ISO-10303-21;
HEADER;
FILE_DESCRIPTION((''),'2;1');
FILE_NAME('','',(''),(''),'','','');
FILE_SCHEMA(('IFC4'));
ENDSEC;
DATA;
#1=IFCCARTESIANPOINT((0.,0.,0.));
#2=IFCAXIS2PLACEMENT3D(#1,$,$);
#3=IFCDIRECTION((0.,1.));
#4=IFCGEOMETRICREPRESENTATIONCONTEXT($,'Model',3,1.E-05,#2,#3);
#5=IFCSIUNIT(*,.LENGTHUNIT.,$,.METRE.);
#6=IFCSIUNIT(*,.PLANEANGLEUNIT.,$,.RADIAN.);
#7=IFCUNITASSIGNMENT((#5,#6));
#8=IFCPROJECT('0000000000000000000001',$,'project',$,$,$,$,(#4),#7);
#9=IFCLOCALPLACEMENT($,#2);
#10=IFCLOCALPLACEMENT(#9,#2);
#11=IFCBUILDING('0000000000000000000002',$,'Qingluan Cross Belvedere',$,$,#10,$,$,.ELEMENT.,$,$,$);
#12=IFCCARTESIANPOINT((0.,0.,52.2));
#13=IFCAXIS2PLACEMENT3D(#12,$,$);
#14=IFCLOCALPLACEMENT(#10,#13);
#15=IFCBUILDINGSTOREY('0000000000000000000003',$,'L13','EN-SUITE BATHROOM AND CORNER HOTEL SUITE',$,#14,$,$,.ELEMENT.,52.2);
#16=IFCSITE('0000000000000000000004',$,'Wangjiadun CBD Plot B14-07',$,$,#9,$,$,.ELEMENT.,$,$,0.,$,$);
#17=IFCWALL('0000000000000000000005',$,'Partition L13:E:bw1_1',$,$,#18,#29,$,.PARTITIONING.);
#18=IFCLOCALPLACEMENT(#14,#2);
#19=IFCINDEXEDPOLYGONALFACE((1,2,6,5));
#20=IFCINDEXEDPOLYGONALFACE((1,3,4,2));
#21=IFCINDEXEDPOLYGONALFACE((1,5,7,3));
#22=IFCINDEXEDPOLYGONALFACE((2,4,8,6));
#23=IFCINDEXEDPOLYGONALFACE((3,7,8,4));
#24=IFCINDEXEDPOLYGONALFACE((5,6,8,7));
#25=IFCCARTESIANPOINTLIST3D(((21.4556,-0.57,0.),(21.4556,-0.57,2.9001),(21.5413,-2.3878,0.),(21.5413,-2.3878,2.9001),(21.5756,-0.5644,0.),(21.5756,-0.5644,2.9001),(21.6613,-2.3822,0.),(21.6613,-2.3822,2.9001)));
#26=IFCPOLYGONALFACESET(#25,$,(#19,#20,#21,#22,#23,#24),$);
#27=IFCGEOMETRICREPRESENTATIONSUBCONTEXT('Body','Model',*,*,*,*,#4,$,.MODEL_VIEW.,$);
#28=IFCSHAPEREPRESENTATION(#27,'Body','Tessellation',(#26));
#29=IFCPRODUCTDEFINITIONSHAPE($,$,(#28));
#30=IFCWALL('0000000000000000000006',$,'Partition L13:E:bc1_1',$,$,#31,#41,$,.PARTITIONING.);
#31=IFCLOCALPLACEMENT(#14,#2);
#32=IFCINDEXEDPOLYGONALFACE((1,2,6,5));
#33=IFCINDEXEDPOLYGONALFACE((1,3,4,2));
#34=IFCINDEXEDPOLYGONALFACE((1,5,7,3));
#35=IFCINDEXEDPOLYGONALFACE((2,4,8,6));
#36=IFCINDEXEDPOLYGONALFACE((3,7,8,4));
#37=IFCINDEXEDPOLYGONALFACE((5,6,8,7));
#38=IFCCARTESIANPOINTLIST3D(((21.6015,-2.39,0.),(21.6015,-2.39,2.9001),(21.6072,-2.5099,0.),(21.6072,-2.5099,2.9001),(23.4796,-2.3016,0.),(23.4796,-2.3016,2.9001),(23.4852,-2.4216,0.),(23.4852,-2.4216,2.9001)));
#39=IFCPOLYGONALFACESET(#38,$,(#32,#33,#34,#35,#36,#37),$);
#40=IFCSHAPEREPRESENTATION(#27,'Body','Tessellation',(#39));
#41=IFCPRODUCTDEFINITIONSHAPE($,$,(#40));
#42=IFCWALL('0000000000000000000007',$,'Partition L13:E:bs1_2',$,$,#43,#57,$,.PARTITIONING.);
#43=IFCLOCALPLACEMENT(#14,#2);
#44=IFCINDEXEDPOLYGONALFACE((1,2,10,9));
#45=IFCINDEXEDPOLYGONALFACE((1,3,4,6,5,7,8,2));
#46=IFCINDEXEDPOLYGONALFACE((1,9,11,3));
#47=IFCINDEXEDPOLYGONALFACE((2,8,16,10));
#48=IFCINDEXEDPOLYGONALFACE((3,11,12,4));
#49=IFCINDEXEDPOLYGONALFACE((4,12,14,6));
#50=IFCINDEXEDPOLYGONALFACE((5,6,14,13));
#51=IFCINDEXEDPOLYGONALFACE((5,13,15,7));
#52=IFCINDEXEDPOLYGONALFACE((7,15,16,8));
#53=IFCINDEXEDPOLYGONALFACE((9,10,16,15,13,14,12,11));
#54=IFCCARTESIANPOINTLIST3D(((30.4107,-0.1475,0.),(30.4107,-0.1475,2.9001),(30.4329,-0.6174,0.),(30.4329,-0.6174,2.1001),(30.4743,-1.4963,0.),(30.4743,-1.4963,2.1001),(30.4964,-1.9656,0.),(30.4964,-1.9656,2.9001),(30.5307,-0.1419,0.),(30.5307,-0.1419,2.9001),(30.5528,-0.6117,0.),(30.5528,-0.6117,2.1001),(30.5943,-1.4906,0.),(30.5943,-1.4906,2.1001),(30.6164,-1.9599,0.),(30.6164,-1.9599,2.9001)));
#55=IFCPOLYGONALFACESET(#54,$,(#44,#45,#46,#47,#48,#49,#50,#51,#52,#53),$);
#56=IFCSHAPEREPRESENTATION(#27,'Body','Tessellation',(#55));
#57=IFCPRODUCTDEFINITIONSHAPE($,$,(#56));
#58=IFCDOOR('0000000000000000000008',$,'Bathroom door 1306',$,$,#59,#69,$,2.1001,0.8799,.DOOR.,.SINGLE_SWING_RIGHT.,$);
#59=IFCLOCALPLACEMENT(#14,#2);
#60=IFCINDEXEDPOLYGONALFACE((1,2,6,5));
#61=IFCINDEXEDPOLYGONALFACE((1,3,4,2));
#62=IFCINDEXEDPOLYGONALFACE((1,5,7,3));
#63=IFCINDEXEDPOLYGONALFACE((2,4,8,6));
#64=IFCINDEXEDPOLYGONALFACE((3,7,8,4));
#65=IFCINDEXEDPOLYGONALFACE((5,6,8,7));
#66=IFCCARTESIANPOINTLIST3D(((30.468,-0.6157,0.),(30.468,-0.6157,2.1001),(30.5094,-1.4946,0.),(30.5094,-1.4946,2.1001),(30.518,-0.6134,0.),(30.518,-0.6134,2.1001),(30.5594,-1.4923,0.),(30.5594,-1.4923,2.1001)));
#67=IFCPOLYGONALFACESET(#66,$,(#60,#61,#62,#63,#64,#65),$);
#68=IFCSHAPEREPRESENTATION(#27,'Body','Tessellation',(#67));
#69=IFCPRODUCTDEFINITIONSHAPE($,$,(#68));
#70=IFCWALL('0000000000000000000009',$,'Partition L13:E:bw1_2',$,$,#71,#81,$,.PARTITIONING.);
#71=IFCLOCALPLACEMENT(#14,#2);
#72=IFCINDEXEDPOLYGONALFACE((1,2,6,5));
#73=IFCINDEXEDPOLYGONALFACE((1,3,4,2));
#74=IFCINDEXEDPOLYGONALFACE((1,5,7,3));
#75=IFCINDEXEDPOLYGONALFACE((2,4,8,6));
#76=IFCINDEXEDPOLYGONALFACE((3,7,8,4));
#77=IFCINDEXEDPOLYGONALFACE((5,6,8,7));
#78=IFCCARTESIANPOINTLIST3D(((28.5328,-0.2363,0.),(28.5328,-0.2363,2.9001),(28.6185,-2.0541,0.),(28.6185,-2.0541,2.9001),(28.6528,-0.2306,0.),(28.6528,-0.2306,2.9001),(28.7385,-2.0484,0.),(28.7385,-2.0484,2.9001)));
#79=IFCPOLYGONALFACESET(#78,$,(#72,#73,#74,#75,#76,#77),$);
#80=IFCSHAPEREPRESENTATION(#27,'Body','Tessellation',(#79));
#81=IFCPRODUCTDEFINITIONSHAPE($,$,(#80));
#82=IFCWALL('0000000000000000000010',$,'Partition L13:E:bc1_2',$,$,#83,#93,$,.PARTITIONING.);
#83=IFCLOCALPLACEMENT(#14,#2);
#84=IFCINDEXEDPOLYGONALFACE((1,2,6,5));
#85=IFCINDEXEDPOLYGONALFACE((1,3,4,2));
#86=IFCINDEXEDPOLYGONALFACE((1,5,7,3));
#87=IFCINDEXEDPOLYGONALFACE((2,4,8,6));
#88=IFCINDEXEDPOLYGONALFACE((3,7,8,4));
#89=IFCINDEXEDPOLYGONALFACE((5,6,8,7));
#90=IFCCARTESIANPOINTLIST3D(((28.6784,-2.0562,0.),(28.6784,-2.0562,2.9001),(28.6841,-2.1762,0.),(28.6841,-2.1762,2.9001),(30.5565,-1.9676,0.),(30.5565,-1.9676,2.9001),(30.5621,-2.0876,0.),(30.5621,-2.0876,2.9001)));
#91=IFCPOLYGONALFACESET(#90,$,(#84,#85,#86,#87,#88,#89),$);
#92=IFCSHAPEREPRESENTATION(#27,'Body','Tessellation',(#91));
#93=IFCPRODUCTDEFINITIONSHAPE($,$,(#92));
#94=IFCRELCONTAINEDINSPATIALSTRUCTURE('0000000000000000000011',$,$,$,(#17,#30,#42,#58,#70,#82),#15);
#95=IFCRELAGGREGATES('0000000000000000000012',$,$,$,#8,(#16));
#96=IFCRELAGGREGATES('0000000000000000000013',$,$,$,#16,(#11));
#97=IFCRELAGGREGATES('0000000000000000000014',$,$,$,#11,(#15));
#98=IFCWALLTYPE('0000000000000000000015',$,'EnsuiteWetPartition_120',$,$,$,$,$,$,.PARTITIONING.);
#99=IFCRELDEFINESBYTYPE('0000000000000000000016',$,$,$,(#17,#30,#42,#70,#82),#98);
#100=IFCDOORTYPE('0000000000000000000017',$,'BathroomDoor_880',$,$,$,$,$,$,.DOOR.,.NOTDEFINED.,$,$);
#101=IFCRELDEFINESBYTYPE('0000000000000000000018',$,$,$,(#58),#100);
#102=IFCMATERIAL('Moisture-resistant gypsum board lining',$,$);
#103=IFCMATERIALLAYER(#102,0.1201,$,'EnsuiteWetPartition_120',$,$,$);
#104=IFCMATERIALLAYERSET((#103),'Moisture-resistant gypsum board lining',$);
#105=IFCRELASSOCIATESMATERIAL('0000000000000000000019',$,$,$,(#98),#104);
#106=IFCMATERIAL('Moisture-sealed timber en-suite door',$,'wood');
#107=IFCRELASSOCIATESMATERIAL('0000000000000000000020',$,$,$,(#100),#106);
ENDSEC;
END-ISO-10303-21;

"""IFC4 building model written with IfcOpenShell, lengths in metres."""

from ifc_helpers import new_model, si_unit, direction, frame, frame_2d, origin, place, context, subcontext, project, spatial, rectangle, extrude, material, layer, layer_set, type_object, element, fill, save


model = new_model("IFC4")

# Units and contexts
model_context = context("Model", 3, precision=1e-05, world=origin(), true_north=direction((0.0, 1.0)))
body_context = subcontext(model_context, "Body", "Model", "MODEL_VIEW")
ifc_project = project(units=[si_unit("LENGTHUNIT", "METRE"), si_unit("PLANEANGLEUNIT", "RADIAN")], contexts=[model_context])

# Site, building, storey
site_placement = place(None, origin())
site = spatial("IfcSite", under=ifc_project, at=site_placement, Name="Wangjiadun CBD Plot B14-07", CompositionType="ELEMENT", RefElevation=0.0)
building_placement = place(site_placement, origin())
building = spatial("IfcBuilding", under=site, at=building_placement, Name="Qingluan Cross Belvedere", CompositionType="ELEMENT")
storey_placement = place(building_placement, frame((0.0, 0.0, 52.2)))
storey = spatial("IfcBuildingStorey", under=building, at=storey_placement, Name="L13", Description="EN-SUITE BATHROOM AND CORNER HOTEL SUITE", CompositionType="ELEMENT", Elevation=52.2)

# Shared definitions
ifc_material_1 = material(Name="Moisture-resistant gypsum board lining")
ifc_layer_1 = layer(ifc_material_1, 0.1201, Name="EnsuiteWetPartition_120")
ifc_layer_set_1 = layer_set([ifc_layer_1], Name="Moisture-resistant gypsum board lining")
wall_type_1 = type_object("IfcWallType", Name="EnsuiteWetPartition_120", PredefinedType="PARTITIONING", material=ifc_layer_set_1)
ifc_material_2 = material(Name="Moisture-sealed timber en-suite door", Category="wood")
door_type = type_object("IfcDoorType", Name="BathroomDoor_880", OperationType="NOTDEFINED", PredefinedType="DOOR", material=ifc_material_2)

# Walls
wall_1_placement = place(storey_placement, frame((21.6013, -2.385, 0.0), z_axis=(0.0, 0.0, 1.0), x_axis=(-0.047087, 0.998891, 0.0)))
element("IfcWall", 1, at=wall_1_placement, inside=storey, type_object=wall_type_1, Name="Partition L13:E:bw1_1", PredefinedType="PARTITIONING", context=body_context, shape_type="SweptSolid", body=[
    extrude(rectangle(XDim=1.8198, YDim=0.1201, at=frame_2d((0.9099, 0.0))), origin(), (0.0, 0.0, 1.0), 2.9001),
])
wall_2_placement = place(storey_placement, frame((21.6045, -2.45, 0.0), z_axis=(0.0, 0.0, 1.0), x_axis=(0.998894, 0.04701, 0.0)))
element("IfcWall", 2, at=wall_2_placement, inside=storey, type_object=wall_type_1, Name="Partition L13:E:bc1_1", PredefinedType="PARTITIONING", context=body_context, shape_type="SweptSolid", body=[
    extrude(rectangle(XDim=1.8801, YDim=0.1201, at=frame_2d((0.9399, 0.0))), origin(), (0.0, 0.0, 1.0), 2.9001),
])

# Wall, opening, door
wall_3_placement = place(storey_placement, frame((30.5564, -1.9629, 0.0), z_axis=(0.0, 0.0, 1.0), x_axis=(-0.047081, 0.998891, 0.0)))
wall_3 = element("IfcWall", 3, at=wall_3_placement, inside=storey, type_object=wall_type_1, Name="Partition L13:E:bs1_2", PredefinedType="PARTITIONING", context=body_context, shape_type="SweptSolid", body=[
    extrude(rectangle(XDim=1.8201, YDim=0.1201, at=frame_2d((0.9102, 0.0))), origin(), (0.0, 0.0, 1.0), 2.9001),
])
opening_1_placement = place(wall_3_placement, frame((0.47, 0.0, 0.0)))
opening_1 = element("IfcOpeningElement", 4, at=opening_1_placement, cuts=wall_3, PredefinedType="OPENING", context=body_context, shape_type="SweptSolid", body=[
    extrude(rectangle(XDim=0.8799, YDim=2.1001, at=frame_2d((0.4399, 1.05))), frame((0.0, 0.0701, 0.0), z_axis=(0.0, -1.0, 0.0), x_axis=(1.0, 0.0, 0.0)), (0.0, 0.0, 1.0), 0.1401),
])
door_1_placement = place(opening_1_placement, origin())
door_1 = element("IfcDoor", 5, at=door_1_placement, inside=storey, type_object=door_type, Name="Bathroom door 1306", OperationType="SINGLE_SWING_RIGHT", OverallHeight=2.1001, OverallWidth=0.8799, PredefinedType="DOOR", context=body_context, shape_type="SweptSolid", body=[
    extrude(rectangle(XDim=0.8799, YDim=2.1001, at=frame_2d((0.4399, 1.05))), frame((0.0, 0.0249, 0.0), z_axis=(0.0, -1.0, 0.0), x_axis=(1.0, 0.0, 0.0)), (0.0, 0.0, 1.0), 0.05),
])
fill(opening_1, door_1)

# Walls
wall_4_placement = place(storey_placement, frame((28.6785, -2.0513, 0.0), z_axis=(0.0, 0.0, 1.0), x_axis=(-0.047087, 0.998891, 0.0)))
element("IfcWall", 6, at=wall_4_placement, inside=storey, type_object=wall_type_1, Name="Partition L13:E:bw1_2", PredefinedType="PARTITIONING", context=body_context, shape_type="SweptSolid", body=[
    extrude(rectangle(XDim=1.8198, YDim=0.1201, at=frame_2d((0.9099, 0.0))), origin(), (0.0, 0.0, 1.0), 2.9001),
])
wall_5_placement = place(storey_placement, frame((28.6814, -2.1162, 0.0), z_axis=(0.0, 0.0, 1.0), x_axis=(0.998888, 0.047139, 0.0)))
element("IfcWall", 7, at=wall_5_placement, inside=storey, type_object=wall_type_1, Name="Partition L13:E:bc1_2", PredefinedType="PARTITIONING", context=body_context, shape_type="SweptSolid", body=[
    extrude(rectangle(XDim=1.8801, YDim=0.1201, at=frame_2d((0.9399, 0.0))), origin(), (0.0, 0.0, 1.0), 2.9001),
])

save(model, "model.ifc")
